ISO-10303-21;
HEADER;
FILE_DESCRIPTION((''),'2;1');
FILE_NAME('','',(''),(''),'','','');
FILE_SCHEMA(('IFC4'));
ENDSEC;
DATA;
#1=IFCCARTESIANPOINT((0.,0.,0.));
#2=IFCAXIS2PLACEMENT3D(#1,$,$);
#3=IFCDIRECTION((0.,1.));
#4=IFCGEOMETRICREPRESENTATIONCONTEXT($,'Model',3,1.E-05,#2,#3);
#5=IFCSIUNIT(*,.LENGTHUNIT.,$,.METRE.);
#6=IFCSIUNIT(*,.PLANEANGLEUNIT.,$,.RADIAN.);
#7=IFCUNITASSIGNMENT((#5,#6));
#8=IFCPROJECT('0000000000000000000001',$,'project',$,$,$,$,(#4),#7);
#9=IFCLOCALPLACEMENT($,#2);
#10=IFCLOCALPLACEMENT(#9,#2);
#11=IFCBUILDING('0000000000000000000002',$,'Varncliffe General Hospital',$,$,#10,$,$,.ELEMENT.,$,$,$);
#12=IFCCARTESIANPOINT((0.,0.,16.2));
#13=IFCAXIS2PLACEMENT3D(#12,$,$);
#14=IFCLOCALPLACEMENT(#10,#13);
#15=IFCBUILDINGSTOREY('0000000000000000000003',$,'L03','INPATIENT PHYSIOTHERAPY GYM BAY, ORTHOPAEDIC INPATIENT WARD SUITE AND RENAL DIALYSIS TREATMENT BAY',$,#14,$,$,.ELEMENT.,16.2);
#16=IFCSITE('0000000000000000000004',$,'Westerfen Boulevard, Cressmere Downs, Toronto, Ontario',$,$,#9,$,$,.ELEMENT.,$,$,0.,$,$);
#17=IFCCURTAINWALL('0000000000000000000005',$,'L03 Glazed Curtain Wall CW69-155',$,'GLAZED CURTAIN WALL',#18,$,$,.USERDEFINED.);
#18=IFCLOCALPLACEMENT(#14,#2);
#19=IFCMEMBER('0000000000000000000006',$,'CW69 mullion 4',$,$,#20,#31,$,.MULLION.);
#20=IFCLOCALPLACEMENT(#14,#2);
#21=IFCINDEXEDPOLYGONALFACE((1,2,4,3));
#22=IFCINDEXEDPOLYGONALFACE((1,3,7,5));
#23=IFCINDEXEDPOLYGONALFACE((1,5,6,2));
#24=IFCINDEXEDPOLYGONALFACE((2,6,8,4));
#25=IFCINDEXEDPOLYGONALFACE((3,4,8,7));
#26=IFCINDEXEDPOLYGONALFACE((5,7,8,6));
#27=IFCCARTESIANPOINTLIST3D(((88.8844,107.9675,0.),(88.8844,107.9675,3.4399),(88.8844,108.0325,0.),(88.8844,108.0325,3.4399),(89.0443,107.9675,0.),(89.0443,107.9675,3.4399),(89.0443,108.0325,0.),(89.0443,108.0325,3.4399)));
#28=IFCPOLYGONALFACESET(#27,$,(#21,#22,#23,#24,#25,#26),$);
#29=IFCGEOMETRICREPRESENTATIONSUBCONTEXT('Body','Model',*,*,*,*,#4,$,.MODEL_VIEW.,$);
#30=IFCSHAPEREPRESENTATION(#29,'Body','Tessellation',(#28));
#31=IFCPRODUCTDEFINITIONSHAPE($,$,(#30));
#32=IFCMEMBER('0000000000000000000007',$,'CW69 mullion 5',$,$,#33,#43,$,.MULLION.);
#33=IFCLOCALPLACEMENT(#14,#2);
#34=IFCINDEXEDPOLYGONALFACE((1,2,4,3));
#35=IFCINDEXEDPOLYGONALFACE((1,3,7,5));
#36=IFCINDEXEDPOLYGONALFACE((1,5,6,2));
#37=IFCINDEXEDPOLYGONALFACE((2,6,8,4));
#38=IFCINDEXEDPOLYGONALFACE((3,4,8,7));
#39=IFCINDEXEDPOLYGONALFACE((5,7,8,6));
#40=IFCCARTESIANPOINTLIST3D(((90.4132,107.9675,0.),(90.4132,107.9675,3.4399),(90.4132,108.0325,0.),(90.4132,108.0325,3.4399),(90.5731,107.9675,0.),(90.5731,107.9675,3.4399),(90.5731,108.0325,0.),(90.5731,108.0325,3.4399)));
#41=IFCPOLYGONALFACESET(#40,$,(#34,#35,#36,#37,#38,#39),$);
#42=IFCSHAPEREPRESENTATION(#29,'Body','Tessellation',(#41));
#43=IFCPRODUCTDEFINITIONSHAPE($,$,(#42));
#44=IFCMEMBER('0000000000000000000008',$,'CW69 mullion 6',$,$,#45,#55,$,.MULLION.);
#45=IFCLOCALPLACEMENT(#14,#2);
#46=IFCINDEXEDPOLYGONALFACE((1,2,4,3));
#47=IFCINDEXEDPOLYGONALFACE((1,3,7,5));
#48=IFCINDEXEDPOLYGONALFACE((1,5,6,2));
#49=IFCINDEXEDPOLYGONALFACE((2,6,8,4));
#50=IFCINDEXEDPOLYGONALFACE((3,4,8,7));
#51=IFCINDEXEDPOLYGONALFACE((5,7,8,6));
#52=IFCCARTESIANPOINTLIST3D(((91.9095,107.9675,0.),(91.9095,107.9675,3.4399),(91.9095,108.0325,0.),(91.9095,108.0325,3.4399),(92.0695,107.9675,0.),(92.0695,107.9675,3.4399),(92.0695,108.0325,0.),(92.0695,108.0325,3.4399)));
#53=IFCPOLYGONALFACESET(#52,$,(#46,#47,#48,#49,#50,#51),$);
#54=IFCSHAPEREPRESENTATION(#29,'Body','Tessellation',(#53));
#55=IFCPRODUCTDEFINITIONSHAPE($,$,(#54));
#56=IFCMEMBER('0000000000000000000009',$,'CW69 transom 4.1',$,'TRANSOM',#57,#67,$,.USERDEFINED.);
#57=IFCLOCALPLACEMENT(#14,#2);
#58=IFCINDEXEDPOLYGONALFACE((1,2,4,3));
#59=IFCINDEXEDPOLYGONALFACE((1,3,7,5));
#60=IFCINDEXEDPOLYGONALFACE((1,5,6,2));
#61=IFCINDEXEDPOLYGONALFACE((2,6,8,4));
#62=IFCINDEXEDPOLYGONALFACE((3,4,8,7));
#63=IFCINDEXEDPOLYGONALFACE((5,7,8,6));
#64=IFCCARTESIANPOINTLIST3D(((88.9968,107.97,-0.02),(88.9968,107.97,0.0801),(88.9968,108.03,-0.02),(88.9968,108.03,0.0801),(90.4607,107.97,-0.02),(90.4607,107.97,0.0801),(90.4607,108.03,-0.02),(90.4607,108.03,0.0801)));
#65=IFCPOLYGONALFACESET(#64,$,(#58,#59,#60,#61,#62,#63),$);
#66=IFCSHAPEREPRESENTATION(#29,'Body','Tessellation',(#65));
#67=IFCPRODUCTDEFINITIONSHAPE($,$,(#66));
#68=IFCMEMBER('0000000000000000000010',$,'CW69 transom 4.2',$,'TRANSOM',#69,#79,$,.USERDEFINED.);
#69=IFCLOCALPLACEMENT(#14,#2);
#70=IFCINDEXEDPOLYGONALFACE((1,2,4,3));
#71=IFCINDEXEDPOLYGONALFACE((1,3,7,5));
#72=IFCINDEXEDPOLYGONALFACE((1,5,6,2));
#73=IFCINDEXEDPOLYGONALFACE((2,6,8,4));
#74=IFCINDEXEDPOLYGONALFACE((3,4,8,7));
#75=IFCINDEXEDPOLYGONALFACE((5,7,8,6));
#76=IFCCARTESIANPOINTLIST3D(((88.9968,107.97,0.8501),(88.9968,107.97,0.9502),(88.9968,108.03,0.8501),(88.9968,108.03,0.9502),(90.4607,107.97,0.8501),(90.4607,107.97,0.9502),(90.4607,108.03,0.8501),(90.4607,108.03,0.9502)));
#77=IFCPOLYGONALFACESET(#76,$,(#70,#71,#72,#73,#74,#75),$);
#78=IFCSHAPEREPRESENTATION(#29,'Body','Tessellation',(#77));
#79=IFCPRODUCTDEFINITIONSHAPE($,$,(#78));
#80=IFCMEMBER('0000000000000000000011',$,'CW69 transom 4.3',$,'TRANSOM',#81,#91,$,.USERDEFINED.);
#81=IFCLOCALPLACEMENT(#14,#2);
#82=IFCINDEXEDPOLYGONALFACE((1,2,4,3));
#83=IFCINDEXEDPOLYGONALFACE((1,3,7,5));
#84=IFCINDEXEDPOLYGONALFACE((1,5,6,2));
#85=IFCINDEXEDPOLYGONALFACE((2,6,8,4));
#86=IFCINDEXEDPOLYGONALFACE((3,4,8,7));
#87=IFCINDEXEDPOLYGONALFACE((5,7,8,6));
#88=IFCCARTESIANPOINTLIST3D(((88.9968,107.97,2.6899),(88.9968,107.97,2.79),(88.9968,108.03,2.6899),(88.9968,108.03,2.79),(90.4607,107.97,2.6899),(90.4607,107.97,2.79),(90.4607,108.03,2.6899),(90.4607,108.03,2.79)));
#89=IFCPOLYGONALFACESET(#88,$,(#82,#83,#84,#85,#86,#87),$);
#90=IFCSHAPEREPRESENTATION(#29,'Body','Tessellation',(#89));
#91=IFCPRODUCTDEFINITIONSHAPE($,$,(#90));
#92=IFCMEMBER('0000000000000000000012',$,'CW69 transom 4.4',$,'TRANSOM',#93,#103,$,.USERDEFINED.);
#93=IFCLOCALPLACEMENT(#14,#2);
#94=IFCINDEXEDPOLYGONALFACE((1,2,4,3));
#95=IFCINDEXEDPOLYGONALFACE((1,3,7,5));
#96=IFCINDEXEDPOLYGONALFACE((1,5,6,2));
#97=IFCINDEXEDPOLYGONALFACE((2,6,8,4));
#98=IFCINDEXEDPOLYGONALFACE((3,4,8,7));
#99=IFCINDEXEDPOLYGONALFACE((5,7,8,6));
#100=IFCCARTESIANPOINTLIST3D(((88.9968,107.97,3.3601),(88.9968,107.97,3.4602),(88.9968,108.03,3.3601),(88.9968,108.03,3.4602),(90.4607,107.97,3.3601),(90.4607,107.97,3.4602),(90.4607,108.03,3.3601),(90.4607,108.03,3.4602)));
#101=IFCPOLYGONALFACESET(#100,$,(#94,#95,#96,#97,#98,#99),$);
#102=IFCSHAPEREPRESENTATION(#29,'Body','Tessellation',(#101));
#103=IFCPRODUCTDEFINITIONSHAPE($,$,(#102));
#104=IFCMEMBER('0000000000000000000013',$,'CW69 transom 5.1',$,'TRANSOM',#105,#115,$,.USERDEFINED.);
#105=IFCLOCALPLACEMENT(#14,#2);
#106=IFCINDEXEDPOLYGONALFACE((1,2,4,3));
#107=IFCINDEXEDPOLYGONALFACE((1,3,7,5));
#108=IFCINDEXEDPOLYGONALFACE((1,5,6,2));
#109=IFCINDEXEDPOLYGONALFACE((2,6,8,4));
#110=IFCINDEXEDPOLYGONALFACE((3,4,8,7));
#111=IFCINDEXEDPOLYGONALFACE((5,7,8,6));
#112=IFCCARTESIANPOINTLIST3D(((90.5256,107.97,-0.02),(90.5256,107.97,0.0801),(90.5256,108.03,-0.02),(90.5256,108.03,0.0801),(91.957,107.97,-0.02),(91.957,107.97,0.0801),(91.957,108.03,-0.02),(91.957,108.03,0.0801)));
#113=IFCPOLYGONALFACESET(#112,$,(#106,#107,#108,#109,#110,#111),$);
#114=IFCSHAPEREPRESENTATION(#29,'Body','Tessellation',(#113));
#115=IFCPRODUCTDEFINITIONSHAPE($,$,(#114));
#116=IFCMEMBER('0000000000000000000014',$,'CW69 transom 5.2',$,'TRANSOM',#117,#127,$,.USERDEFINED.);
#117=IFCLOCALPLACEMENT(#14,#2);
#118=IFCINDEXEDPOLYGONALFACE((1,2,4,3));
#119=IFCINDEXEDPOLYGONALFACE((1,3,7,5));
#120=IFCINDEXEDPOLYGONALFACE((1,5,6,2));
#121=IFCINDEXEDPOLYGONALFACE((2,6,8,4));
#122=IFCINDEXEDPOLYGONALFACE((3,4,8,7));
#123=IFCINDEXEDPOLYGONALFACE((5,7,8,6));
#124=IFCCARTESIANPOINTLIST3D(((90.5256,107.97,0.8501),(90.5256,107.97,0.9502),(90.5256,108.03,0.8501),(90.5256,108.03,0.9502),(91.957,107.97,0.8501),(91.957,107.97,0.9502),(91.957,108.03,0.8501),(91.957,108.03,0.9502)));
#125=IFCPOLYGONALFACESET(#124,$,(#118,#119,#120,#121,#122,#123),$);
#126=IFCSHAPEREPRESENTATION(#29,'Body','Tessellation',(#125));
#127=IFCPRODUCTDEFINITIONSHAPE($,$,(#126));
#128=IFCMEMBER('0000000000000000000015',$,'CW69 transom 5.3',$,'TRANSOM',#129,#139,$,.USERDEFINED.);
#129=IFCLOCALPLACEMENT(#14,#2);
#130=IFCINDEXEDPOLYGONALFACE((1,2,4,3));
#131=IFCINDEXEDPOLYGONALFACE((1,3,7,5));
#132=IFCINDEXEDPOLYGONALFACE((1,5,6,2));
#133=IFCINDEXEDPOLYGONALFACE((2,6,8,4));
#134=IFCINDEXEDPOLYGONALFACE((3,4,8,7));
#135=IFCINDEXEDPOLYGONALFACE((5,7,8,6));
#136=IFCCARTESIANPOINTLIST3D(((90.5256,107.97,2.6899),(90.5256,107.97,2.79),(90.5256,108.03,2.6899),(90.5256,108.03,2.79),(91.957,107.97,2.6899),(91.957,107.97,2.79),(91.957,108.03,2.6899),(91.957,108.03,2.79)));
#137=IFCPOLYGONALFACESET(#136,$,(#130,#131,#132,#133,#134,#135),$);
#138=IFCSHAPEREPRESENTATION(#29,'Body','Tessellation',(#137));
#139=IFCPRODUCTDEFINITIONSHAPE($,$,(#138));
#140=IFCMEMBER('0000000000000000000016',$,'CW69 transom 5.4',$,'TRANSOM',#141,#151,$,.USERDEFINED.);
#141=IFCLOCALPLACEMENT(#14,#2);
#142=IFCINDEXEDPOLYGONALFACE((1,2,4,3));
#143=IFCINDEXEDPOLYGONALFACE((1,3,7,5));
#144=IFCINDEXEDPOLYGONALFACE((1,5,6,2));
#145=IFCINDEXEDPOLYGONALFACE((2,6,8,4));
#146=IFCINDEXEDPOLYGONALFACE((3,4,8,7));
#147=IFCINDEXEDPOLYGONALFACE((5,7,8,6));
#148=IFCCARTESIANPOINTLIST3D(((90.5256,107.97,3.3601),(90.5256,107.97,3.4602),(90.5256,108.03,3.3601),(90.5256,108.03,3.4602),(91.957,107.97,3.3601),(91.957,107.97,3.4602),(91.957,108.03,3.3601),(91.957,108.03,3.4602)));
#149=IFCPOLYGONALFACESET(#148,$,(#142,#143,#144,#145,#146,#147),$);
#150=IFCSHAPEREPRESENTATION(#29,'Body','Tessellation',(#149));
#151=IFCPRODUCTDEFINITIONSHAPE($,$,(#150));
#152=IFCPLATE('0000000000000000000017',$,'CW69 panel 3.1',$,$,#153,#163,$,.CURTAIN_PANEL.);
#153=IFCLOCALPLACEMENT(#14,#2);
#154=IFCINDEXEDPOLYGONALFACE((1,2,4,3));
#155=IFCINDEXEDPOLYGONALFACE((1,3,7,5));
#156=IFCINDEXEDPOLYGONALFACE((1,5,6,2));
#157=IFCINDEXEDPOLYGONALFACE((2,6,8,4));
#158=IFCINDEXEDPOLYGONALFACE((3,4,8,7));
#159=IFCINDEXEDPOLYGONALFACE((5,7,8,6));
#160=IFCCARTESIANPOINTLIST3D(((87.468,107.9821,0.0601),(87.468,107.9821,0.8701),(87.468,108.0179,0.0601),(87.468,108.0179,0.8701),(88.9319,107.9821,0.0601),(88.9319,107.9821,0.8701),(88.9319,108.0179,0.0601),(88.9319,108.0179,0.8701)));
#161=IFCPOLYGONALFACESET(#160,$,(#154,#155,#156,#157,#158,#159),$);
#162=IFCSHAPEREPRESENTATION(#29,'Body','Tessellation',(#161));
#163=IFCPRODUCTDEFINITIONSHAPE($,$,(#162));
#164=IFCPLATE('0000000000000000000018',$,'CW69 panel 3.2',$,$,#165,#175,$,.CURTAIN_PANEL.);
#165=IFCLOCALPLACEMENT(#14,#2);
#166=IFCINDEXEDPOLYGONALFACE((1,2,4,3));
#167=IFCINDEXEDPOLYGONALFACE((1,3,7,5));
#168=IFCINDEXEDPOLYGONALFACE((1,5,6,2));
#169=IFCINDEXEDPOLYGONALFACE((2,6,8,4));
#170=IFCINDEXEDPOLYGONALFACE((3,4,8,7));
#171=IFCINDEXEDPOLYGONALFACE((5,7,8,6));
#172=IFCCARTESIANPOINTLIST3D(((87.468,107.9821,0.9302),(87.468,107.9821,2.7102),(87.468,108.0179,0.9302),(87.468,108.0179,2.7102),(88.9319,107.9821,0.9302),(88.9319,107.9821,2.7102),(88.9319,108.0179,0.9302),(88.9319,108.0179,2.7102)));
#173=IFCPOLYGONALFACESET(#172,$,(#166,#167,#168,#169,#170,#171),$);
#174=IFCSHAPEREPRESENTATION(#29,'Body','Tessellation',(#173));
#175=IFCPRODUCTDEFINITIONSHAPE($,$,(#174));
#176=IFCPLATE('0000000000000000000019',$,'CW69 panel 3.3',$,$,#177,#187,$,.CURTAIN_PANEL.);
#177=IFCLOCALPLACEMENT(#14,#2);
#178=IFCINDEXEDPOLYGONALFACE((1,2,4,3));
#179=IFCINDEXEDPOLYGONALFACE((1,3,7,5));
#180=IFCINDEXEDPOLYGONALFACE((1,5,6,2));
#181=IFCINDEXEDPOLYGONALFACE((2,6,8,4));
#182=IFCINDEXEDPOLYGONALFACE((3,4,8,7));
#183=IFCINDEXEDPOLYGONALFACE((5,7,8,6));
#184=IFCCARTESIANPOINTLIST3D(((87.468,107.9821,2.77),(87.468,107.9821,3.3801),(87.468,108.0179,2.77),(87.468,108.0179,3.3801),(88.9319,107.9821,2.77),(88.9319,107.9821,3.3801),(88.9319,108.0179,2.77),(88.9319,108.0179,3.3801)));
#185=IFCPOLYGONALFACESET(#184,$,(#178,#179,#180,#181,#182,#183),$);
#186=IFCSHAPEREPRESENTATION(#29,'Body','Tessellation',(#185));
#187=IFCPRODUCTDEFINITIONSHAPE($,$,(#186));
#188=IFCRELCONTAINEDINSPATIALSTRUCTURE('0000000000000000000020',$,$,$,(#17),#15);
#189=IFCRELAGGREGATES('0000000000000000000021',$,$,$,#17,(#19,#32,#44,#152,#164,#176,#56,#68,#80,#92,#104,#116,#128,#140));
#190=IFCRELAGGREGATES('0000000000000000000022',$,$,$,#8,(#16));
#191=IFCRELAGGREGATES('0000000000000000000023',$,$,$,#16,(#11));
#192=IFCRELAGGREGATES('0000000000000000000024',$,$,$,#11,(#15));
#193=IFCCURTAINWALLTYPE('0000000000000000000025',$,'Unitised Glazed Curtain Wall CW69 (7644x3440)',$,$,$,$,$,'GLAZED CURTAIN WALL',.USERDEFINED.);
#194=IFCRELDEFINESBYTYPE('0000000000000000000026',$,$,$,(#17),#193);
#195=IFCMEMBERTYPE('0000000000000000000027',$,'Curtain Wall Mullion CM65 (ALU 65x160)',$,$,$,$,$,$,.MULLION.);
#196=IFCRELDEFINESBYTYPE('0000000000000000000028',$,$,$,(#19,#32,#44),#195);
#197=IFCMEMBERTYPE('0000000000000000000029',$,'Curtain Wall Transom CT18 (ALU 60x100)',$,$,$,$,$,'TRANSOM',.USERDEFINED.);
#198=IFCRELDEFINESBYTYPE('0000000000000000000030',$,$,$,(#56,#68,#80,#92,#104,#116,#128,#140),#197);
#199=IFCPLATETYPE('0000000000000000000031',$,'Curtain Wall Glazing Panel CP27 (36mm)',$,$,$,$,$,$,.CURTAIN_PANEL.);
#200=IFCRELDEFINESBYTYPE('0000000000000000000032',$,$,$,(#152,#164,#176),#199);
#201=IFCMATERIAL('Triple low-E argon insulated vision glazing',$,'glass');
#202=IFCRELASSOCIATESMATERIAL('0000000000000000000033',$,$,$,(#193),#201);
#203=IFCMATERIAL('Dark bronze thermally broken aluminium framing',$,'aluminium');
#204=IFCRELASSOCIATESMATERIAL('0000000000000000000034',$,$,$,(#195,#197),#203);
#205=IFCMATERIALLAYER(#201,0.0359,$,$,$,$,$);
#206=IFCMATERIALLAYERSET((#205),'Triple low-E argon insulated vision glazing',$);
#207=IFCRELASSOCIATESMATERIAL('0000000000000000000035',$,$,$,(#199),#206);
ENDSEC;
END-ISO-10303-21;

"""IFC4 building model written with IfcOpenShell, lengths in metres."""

from ifc_helpers import new_model, si_unit, direction, frame, origin, origin_2d, place, context, subcontext, project, spatial, rectangle, extrude, material, layer, layer_set, material_profile, profile_set, type_object, element, aggregate, save


model = new_model("IFC4")

# Units and contexts
model_context = context("Model", 3, precision=1e-05, world=origin(), true_north=direction((0.0, 1.0)))
body_context = subcontext(model_context, "Body", "Model", "MODEL_VIEW")
ifc_project = project(units=[si_unit("LENGTHUNIT", "METRE"), si_unit("PLANEANGLEUNIT", "RADIAN")], contexts=[model_context])

# Site, building, storey
site_placement = place(None, origin())
site = spatial("IfcSite", under=ifc_project, at=site_placement, Name="Westerfen Boulevard, Cressmere Downs, Toronto, Ontario", CompositionType="ELEMENT", RefElevation=0.0)
building_placement = place(site_placement, origin())
building = spatial("IfcBuilding", under=site, at=building_placement, Name="Varncliffe General Hospital", CompositionType="ELEMENT")
storey_placement = place(building_placement, frame((0.0, 0.0, 16.2)))
storey = spatial("IfcBuildingStorey", under=building, at=storey_placement, Name="L03", Description="INPATIENT PHYSIOTHERAPY GYM BAY, ORTHOPAEDIC INPATIENT WARD SUITE AND RENAL DIALYSIS TREATMENT BAY", CompositionType="ELEMENT", Elevation=16.2)

# Curtain wall, members, plates
ifc_material_1 = material(Name="Triple low-E argon insulated vision glazing", Category="glass")
curtain_wall_type = type_object("IfcCurtainWallType", Name="Unitised Glazed Curtain Wall CW69 (7644x3440)", ElementType="GLAZED CURTAIN WALL", PredefinedType="USERDEFINED", material=ifc_material_1)
curtain_wall_placement = place(storey_placement, origin())
curtain_wall = element("IfcCurtainWall", 1, at=curtain_wall_placement, inside=storey, type_object=curtain_wall_type, Name="L03 Glazed Curtain Wall CW69-155", ObjectType="GLAZED CURTAIN WALL", PredefinedType="USERDEFINED")
ifc_material_2 = material(Name="Dark bronze thermally broken aluminium framing", Category="aluminium")
ifc_material_profile_1 = material_profile(ifc_material_2, rectangle(XDim=0.0649, YDim=0.1599, at=origin_2d()), Name="ALU 65x160")
ifc_profile_set_1 = profile_set([ifc_material_profile_1], Name="Dark bronze thermally broken aluminium framing")
member_type_1 = type_object("IfcMemberType", Name="Curtain Wall Mullion CM65 (ALU 65x160)", PredefinedType="MULLION", material=ifc_profile_set_1)
member_1_placement = place(storey_placement, frame((88.9644, 108.0, 0.0), z_axis=(0.0, 0.0, 1.0), x_axis=(0.0, 1.0, 0.0)))
member_1 = element("IfcMember", 2, at=member_1_placement, type_object=member_type_1, Name="CW69 mullion 4", PredefinedType="MULLION", context=body_context, shape_type="SweptSolid", body=[
    extrude(rectangle(XDim=0.0649, YDim=0.1599, at=origin_2d()), origin(), (0.0, 0.0, 1.0), 3.4399),
])
member_2_placement = place(storey_placement, frame((90.4932, 108.0, 0.0), z_axis=(0.0, 0.0, 1.0), x_axis=(0.0, 1.0, 0.0)))
member_2 = element("IfcMember", 3, at=member_2_placement, type_object=member_type_1, Name="CW69 mullion 5", PredefinedType="MULLION", context=body_context, shape_type="SweptSolid", body=[
    extrude(rectangle(XDim=0.0649, YDim=0.1599, at=origin_2d()), origin(), (0.0, 0.0, 1.0), 3.4399),
])
member_3_placement = place(storey_placement, frame((91.9895, 108.0, 0.0), z_axis=(0.0, 0.0, 1.0), x_axis=(0.0, 1.0, 0.0)))
member_3 = element("IfcMember", 4, at=member_3_placement, type_object=member_type_1, Name="CW69 mullion 6", PredefinedType="MULLION", context=body_context, shape_type="SweptSolid", body=[
    extrude(rectangle(XDim=0.0649, YDim=0.1599, at=origin_2d()), origin(), (0.0, 0.0, 1.0), 3.4399),
])
ifc_material_profile_2 = material_profile(ifc_material_2, rectangle(XDim=0.0601, YDim=0.1001, at=origin_2d()), Name="ALU 60x100")
ifc_profile_set_2 = profile_set([ifc_material_profile_2], Name="Dark bronze thermally broken aluminium framing")
member_type_2 = type_object("IfcMemberType", Name="Curtain Wall Transom CT18 (ALU 60x100)", ElementType="TRANSOM", PredefinedType="USERDEFINED", material=ifc_profile_set_2)
member_4_placement = place(storey_placement, frame((88.9968, 108.0, 0.03), z_axis=(1.0, 0.0, 0.0), x_axis=(0.0, 1.0, 0.0)))
member_4 = element("IfcMember", 5, at=member_4_placement, type_object=member_type_2, Name="CW69 transom 4.1", ObjectType="TRANSOM", PredefinedType="USERDEFINED", context=body_context, shape_type="SweptSolid", body=[
    extrude(rectangle(XDim=0.0601, YDim=0.1001, at=origin_2d()), origin(), (0.0, 0.0, 1.0), 1.4639),
])
member_5_placement = place(storey_placement, frame((88.9968, 108.0, 0.9001), z_axis=(1.0, 0.0, 0.0), x_axis=(0.0, 1.0, 0.0)))
member_5 = element("IfcMember", 6, at=member_5_placement, type_object=member_type_2, Name="CW69 transom 4.2", ObjectType="TRANSOM", PredefinedType="USERDEFINED", context=body_context, shape_type="SweptSolid", body=[
    extrude(rectangle(XDim=0.0601, YDim=0.1001, at=origin_2d()), origin(), (0.0, 0.0, 1.0), 1.4639),
])
member_6_placement = place(storey_placement, frame((88.9968, 108.0, 2.74), z_axis=(1.0, 0.0, 0.0), x_axis=(0.0, 1.0, 0.0)))
member_6 = element("IfcMember", 7, at=member_6_placement, type_object=member_type_2, Name="CW69 transom 4.3", ObjectType="TRANSOM", PredefinedType="USERDEFINED", context=body_context, shape_type="SweptSolid", body=[
    extrude(rectangle(XDim=0.0601, YDim=0.1001, at=origin_2d()), origin(), (0.0, 0.0, 1.0), 1.4639),
])
member_7_placement = place(storey_placement, frame((88.9968, 108.0, 3.4102), z_axis=(1.0, 0.0, 0.0), x_axis=(0.0, 1.0, 0.0)))
member_7 = element("IfcMember", 8, at=member_7_placement, type_object=member_type_2, Name="CW69 transom 4.4", ObjectType="TRANSOM", PredefinedType="USERDEFINED", context=body_context, shape_type="SweptSolid", body=[
    extrude(rectangle(XDim=0.0601, YDim=0.1001, at=origin_2d()), origin(), (0.0, 0.0, 1.0), 1.4639),
])
member_8_placement = place(storey_placement, frame((90.5256, 108.0, 0.03), z_axis=(1.0, 0.0, 0.0), x_axis=(0.0, 1.0, 0.0)))
member_8 = element("IfcMember", 9, at=member_8_placement, type_object=member_type_2, Name="CW69 transom 5.1", ObjectType="TRANSOM", PredefinedType="USERDEFINED", context=body_context, shape_type="SweptSolid", body=[
    extrude(rectangle(XDim=0.0601, YDim=0.1001, at=origin_2d()), origin(), (0.0, 0.0, 1.0), 1.4314),
])
member_9_placement = place(storey_placement, frame((90.5256, 108.0, 0.9001), z_axis=(1.0, 0.0, 0.0), x_axis=(0.0, 1.0, 0.0)))
member_9 = element("IfcMember", 10, at=member_9_placement, type_object=member_type_2, Name="CW69 transom 5.2", ObjectType="TRANSOM", PredefinedType="USERDEFINED", context=body_context, shape_type="SweptSolid", body=[
    extrude(rectangle(XDim=0.0601, YDim=0.1001, at=origin_2d()), origin(), (0.0, 0.0, 1.0), 1.4314),
])
member_10_placement = place(storey_placement, frame((90.5256, 108.0, 2.74), z_axis=(1.0, 0.0, 0.0), x_axis=(0.0, 1.0, 0.0)))
member_10 = element("IfcMember", 11, at=member_10_placement, type_object=member_type_2, Name="CW69 transom 5.3", ObjectType="TRANSOM", PredefinedType="USERDEFINED", context=body_context, shape_type="SweptSolid", body=[
    extrude(rectangle(XDim=0.0601, YDim=0.1001, at=origin_2d()), origin(), (0.0, 0.0, 1.0), 1.4314),
])
member_11_placement = place(storey_placement, frame((90.5256, 108.0, 3.4102), z_axis=(1.0, 0.0, 0.0), x_axis=(0.0, 1.0, 0.0)))
member_11 = element("IfcMember", 12, at=member_11_placement, type_object=member_type_2, Name="CW69 transom 5.4", ObjectType="TRANSOM", PredefinedType="USERDEFINED", context=body_context, shape_type="SweptSolid", body=[
    extrude(rectangle(XDim=0.0601, YDim=0.1001, at=origin_2d()), origin(), (0.0, 0.0, 1.0), 1.4314),
])
ifc_layer = layer(ifc_material_1, 0.0359)
ifc_layer_set = layer_set([ifc_layer], Name="Triple low-E argon insulated vision glazing")
plate_type = type_object("IfcPlateType", Name="Curtain Wall Glazing Panel CP27 (36mm)", PredefinedType="CURTAIN_PANEL", material=ifc_layer_set)
plate_1_placement = place(storey_placement, frame((88.2, 108.0, 0.0601), z_axis=(0.0, 0.0, 1.0), x_axis=(1.0, 0.0, 0.0)))
plate_1 = element("IfcPlate", 13, at=plate_1_placement, type_object=plate_type, Name="CW69 panel 3.1", PredefinedType="CURTAIN_PANEL", context=body_context, shape_type="SweptSolid", body=[
    extrude(rectangle(XDim=1.4639, YDim=0.0359, at=origin_2d()), origin(), (0.0, 0.0, 1.0), 0.8101),
])
plate_2_placement = place(storey_placement, frame((88.2, 108.0, 0.9302), z_axis=(0.0, 0.0, 1.0), x_axis=(1.0, 0.0, 0.0)))
plate_2 = element("IfcPlate", 14, at=plate_2_placement, type_object=plate_type, Name="CW69 panel 3.2", PredefinedType="CURTAIN_PANEL", context=body_context, shape_type="SweptSolid", body=[
    extrude(rectangle(XDim=1.4639, YDim=0.0359, at=origin_2d()), origin(), (0.0, 0.0, 1.0), 1.78),
])
plate_3_placement = place(storey_placement, frame((88.2, 108.0, 2.77), z_axis=(0.0, 0.0, 1.0), x_axis=(1.0, 0.0, 0.0)))
plate_3 = element("IfcPlate", 15, at=plate_3_placement, type_object=plate_type, Name="CW69 panel 3.3", PredefinedType="CURTAIN_PANEL", context=body_context, shape_type="SweptSolid", body=[
    extrude(rectangle(XDim=1.4639, YDim=0.0359, at=origin_2d()), origin(), (0.0, 0.0, 1.0), 0.6101),
])
aggregate(curtain_wall, [member_1, member_2, member_3, plate_1, plate_2, plate_3, member_4, member_5, member_6, member_7, member_8, member_9, member_10, member_11])

save(model, "model.ifc")
